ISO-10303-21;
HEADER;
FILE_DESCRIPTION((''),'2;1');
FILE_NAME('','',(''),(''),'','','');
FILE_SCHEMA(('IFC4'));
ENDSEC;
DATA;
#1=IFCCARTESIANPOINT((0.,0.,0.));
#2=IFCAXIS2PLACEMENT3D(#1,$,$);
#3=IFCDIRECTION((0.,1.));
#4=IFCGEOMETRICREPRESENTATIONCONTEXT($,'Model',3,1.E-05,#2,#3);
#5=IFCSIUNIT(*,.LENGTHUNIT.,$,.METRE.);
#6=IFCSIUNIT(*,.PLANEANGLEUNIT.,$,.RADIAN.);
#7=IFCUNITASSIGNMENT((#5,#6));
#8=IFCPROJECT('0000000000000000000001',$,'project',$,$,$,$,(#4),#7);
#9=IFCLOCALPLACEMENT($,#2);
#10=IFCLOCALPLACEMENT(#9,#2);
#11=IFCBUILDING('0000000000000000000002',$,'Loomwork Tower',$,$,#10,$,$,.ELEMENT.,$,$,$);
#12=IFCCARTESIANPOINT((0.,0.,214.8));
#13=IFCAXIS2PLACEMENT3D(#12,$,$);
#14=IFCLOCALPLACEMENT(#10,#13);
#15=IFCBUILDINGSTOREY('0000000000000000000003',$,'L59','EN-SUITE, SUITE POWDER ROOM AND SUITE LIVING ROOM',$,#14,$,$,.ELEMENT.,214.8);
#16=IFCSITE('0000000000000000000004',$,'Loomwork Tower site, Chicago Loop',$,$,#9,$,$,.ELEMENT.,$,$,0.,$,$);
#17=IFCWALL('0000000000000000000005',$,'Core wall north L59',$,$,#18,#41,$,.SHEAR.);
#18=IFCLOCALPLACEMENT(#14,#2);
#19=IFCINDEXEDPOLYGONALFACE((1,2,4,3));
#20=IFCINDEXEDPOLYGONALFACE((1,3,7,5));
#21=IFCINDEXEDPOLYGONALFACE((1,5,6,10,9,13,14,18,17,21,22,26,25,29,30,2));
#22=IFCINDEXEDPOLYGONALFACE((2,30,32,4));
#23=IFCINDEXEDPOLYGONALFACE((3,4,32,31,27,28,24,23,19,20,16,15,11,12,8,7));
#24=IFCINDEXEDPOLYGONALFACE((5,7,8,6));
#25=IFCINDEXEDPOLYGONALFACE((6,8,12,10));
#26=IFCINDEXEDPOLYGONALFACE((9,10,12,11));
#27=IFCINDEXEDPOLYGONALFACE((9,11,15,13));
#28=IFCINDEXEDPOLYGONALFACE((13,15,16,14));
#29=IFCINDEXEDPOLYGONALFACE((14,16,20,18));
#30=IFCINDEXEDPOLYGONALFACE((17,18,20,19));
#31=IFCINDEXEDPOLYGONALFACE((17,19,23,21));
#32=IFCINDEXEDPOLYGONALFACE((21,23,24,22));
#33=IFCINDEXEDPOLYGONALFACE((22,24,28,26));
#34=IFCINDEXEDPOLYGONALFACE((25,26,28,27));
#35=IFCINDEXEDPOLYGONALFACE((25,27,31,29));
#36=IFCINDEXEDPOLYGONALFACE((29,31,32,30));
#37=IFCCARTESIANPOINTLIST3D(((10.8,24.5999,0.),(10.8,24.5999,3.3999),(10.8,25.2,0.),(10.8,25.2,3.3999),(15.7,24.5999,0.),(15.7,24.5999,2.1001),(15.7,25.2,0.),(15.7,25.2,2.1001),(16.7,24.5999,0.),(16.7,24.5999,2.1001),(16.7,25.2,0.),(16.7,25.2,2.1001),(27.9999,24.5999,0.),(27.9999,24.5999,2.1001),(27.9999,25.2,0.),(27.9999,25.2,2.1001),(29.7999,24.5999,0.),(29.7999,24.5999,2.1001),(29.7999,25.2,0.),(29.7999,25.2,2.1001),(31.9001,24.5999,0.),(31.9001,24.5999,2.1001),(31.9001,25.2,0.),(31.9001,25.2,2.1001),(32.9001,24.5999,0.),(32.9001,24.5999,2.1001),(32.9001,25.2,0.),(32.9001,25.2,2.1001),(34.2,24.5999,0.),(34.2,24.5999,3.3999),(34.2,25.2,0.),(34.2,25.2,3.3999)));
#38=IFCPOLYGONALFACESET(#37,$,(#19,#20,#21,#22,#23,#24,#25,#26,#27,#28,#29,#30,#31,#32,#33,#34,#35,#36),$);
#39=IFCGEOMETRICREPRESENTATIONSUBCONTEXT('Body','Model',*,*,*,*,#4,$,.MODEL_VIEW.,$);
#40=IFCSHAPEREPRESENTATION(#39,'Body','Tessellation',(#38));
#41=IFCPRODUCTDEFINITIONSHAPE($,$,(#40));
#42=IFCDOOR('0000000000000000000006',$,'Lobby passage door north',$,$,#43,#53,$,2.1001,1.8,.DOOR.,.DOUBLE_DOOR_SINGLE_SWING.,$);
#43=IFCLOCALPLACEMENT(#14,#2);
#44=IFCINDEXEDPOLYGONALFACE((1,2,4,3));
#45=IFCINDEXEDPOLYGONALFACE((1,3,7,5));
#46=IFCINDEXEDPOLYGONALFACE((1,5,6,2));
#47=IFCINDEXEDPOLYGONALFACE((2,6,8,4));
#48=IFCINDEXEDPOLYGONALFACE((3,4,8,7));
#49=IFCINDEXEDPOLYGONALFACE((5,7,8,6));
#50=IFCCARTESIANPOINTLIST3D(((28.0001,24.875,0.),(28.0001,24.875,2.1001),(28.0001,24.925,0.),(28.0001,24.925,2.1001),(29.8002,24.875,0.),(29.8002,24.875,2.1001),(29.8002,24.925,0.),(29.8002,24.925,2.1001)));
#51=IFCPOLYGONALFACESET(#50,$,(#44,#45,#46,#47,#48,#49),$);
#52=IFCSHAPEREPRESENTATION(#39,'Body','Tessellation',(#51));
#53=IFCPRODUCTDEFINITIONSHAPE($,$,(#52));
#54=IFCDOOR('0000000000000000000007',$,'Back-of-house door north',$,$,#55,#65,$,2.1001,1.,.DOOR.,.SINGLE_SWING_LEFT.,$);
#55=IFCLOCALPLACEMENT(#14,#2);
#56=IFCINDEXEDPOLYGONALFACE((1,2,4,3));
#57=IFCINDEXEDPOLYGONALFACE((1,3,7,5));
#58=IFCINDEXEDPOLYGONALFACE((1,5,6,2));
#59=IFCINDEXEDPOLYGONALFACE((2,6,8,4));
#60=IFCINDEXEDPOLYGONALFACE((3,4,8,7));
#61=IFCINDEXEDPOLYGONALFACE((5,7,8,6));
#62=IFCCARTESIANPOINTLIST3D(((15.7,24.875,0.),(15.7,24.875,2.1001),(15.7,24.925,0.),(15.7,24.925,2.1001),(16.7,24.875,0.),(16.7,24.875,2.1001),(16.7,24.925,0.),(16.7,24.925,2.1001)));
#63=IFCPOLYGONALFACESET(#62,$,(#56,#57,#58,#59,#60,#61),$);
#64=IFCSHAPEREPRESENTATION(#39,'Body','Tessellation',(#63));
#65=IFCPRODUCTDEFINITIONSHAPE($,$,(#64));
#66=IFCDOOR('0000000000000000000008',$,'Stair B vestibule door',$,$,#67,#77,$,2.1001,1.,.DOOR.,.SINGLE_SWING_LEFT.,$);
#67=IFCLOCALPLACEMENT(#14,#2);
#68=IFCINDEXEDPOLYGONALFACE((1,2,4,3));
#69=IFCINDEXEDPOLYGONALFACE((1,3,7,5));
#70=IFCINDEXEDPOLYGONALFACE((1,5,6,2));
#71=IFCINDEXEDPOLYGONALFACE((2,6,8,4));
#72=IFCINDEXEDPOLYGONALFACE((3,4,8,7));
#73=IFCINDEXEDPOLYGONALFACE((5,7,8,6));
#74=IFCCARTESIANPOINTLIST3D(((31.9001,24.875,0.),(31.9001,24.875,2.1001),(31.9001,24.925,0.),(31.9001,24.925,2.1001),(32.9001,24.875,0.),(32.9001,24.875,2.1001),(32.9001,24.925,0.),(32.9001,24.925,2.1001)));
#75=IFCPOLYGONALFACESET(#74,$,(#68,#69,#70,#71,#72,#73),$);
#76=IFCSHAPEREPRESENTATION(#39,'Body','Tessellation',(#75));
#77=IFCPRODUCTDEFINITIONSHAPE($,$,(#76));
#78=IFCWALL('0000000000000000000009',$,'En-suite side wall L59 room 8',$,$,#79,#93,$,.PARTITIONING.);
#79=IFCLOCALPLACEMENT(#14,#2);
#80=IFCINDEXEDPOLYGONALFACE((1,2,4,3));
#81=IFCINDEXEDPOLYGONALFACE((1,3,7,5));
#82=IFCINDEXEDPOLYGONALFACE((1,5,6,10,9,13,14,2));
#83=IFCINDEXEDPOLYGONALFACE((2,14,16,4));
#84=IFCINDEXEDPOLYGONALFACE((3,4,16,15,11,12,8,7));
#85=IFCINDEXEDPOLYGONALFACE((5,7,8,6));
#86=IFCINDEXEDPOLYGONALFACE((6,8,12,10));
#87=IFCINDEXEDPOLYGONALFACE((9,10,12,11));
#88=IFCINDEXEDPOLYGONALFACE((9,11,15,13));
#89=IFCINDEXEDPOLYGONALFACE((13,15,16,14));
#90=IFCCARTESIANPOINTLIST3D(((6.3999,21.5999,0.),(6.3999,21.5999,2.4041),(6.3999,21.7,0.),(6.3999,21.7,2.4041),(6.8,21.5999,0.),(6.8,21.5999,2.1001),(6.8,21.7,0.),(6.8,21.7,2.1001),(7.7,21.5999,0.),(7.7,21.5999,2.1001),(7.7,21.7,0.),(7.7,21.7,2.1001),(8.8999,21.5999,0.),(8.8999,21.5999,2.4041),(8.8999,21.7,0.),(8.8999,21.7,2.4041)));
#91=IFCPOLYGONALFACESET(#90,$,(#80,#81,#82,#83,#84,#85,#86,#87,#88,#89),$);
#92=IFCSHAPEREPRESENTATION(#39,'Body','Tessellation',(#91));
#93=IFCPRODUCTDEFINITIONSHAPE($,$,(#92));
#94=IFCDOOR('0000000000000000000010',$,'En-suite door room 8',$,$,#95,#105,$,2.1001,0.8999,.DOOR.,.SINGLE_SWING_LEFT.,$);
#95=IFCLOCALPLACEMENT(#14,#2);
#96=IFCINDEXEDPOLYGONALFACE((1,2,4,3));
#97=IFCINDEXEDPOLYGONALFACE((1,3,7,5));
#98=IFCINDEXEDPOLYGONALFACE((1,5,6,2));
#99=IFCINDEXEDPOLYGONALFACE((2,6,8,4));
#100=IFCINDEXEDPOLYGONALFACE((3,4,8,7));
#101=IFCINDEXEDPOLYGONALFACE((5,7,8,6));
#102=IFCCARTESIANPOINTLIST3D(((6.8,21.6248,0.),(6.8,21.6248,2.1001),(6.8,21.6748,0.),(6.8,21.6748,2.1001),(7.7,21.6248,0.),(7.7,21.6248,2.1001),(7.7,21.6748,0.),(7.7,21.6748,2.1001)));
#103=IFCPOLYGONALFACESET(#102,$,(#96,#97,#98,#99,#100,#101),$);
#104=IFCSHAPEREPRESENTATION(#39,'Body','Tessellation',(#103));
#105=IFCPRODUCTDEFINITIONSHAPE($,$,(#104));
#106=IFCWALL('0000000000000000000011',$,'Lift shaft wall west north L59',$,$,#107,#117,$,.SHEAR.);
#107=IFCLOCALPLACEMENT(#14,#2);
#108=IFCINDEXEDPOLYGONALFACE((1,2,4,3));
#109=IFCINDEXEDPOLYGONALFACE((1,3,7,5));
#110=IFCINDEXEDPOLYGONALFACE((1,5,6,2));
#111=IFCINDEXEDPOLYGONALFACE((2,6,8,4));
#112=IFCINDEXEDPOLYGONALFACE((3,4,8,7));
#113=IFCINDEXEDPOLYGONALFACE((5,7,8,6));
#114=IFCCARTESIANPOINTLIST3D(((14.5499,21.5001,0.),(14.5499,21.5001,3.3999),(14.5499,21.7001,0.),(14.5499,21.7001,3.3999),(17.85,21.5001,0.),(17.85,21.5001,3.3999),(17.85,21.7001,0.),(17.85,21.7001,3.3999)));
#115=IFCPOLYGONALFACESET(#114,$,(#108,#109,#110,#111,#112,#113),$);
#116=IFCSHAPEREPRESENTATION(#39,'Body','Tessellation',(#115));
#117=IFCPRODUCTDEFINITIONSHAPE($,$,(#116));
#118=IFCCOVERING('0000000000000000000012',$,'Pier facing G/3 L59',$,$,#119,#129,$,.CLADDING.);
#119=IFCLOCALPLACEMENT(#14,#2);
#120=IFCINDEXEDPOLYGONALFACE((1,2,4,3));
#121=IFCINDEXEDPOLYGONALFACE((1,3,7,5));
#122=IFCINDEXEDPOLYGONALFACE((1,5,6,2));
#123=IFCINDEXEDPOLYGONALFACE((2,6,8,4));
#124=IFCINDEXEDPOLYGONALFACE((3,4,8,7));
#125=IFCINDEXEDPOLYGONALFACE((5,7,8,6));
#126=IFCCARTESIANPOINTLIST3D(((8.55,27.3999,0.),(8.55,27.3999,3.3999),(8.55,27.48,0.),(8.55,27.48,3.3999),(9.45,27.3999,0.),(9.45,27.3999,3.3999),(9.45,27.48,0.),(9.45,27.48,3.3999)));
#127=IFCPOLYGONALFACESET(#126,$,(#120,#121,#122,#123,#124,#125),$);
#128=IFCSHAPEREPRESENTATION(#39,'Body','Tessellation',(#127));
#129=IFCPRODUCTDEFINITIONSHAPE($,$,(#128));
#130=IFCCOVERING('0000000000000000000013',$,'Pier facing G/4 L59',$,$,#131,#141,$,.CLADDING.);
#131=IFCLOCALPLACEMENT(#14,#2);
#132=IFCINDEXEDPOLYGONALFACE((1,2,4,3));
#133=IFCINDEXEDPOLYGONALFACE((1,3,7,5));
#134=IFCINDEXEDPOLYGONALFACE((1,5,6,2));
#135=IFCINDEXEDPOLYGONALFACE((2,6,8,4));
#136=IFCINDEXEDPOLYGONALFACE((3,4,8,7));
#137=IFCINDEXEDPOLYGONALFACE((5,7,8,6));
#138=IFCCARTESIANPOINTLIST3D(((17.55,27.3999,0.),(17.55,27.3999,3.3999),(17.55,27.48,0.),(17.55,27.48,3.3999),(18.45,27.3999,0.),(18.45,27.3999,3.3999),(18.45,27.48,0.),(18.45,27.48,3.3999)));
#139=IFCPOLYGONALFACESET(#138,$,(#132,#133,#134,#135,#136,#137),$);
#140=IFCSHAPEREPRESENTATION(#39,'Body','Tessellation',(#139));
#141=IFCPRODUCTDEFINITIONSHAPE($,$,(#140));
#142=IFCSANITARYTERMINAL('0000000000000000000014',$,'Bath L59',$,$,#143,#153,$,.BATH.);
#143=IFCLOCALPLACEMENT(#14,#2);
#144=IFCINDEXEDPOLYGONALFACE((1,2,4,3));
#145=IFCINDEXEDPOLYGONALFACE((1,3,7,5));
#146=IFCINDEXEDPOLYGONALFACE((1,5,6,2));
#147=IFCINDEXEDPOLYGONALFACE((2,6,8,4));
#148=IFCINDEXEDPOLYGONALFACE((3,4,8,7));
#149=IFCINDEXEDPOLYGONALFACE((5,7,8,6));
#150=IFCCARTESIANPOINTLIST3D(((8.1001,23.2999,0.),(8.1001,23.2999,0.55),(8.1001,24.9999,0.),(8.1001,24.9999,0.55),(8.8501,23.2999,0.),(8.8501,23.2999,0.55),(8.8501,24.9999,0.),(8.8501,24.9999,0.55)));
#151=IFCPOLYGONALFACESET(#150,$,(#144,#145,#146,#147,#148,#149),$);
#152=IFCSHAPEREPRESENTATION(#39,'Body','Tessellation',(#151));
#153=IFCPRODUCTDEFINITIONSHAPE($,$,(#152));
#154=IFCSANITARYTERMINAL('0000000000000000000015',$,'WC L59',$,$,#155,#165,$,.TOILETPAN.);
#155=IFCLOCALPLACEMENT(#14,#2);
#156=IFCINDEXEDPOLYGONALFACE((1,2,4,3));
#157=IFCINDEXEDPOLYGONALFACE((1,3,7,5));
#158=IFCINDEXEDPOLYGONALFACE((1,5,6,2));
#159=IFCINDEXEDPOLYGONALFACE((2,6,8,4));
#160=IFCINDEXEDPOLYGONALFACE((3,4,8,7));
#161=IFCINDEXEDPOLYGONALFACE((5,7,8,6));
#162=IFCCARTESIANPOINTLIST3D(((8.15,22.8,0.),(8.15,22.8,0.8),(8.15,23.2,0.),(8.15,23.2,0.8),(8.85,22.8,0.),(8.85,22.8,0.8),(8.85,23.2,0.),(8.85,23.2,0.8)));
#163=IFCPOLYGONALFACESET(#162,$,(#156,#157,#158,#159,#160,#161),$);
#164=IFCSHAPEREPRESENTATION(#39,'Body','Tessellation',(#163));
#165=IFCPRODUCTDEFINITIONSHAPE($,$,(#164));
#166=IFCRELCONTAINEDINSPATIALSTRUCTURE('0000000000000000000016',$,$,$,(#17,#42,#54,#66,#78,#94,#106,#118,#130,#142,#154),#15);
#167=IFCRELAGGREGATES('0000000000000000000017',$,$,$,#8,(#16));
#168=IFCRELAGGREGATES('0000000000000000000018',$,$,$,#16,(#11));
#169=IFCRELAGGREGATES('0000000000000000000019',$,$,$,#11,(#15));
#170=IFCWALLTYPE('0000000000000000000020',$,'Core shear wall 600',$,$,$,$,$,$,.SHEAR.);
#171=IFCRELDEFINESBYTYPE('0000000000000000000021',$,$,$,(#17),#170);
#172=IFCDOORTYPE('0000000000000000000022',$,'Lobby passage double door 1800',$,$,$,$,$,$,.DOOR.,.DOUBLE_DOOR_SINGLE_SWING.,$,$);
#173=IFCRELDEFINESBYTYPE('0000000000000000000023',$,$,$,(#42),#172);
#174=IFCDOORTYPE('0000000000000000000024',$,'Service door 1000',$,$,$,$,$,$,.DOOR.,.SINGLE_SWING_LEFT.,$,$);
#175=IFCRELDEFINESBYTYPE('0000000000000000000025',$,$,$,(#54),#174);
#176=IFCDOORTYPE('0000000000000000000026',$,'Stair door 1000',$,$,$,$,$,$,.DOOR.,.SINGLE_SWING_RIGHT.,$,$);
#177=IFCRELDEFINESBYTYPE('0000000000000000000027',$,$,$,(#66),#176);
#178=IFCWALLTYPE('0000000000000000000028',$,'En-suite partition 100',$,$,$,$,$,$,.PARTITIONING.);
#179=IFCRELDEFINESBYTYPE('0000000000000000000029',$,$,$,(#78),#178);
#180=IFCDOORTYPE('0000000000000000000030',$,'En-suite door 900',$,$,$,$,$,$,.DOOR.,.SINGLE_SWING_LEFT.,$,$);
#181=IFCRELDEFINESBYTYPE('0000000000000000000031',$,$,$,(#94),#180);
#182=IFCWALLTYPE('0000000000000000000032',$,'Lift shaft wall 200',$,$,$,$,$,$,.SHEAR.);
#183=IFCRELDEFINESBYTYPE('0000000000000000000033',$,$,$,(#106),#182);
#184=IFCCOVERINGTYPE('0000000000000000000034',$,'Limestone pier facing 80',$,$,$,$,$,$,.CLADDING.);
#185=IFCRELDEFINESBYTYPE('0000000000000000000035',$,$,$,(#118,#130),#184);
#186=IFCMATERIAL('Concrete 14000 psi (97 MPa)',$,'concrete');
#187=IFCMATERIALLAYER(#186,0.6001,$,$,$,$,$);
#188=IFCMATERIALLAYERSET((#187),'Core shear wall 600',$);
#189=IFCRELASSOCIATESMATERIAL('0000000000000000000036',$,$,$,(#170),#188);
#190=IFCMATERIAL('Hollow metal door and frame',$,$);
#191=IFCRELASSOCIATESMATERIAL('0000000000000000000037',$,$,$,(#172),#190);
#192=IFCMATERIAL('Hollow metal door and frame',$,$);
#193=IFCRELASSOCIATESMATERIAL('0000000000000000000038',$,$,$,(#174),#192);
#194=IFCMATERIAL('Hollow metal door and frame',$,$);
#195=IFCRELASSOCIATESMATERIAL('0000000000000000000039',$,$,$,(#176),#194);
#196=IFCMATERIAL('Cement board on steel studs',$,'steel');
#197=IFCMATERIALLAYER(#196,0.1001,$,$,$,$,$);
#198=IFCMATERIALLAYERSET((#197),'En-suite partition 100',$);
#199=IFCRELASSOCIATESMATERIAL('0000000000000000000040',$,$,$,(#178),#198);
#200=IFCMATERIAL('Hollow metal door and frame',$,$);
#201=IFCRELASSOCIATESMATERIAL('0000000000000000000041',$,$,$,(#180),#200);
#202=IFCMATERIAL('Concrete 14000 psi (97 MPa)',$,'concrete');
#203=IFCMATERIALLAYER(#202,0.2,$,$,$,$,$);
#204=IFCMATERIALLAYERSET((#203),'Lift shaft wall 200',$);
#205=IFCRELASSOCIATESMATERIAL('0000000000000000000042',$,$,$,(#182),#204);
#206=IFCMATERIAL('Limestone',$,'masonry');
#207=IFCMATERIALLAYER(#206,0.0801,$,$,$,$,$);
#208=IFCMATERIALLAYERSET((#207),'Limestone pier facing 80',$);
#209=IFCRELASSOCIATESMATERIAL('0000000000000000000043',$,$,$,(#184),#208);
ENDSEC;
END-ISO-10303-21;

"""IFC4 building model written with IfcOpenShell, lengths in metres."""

from ifc_helpers import new_model, si_unit, direction, frame, frame_2d, origin, origin_2d, place, context, subcontext, project, spatial, rectangle, extrude, material, layer, layer_set, type_object, element, fill, save


model = new_model("IFC4")

# Units and contexts
model_context = context("Model", 3, precision=1e-05, world=origin(), true_north=direction((0.0, 1.0)))
body_context = subcontext(model_context, "Body", "Model", "MODEL_VIEW")
ifc_project = project(units=[si_unit("LENGTHUNIT", "METRE"), si_unit("PLANEANGLEUNIT", "RADIAN")], contexts=[model_context])

# Site, building, storey
site_placement = place(None, origin())
site = spatial("IfcSite", under=ifc_project, at=site_placement, Name="Loomwork Tower site, Chicago Loop", CompositionType="ELEMENT", RefElevation=0.0)
building_placement = place(site_placement, origin())
building = spatial("IfcBuilding", under=site, at=building_placement, Name="Loomwork Tower", CompositionType="ELEMENT")
storey_placement = place(building_placement, frame((0.0, 0.0, 214.8)))
storey = spatial("IfcBuildingStorey", under=building, at=storey_placement, Name="L59", Description="EN-SUITE, SUITE POWDER ROOM AND SUITE LIVING ROOM", CompositionType="ELEMENT", Elevation=214.8)

# Wall, openings, doors
ifc_material_1 = material(Name="Concrete 14000 psi (97 MPa)", Category="concrete")
ifc_layer_1 = layer(ifc_material_1, 0.6001)
ifc_layer_set_1 = layer_set([ifc_layer_1], Name="Core shear wall 600")
wall_type_1 = type_object("IfcWallType", Name="Core shear wall 600", PredefinedType="SHEAR", material=ifc_layer_set_1)
wall_1_placement = place(storey_placement, frame((10.8, 24.8999, 0.0), z_axis=(0.0, 0.0, 1.0), x_axis=(1.0, 0.0, 0.0)))
wall_1 = element("IfcWall", 1, at=wall_1_placement, inside=storey, type_object=wall_type_1, Name="Core wall north L59", PredefinedType="SHEAR", context=body_context, shape_type="SweptSolid", body=[
    extrude(rectangle(XDim=23.3999, YDim=0.6001, at=frame_2d((11.7, 0.0))), origin(), (0.0, 0.0, 1.0), 3.3999),
])
opening_1_placement = place(wall_1_placement, frame((17.2, 0.0, 0.0)))
opening_1 = element("IfcOpeningElement", 2, at=opening_1_placement, cuts=wall_1, PredefinedType="OPENING", context=body_context, shape_type="SweptSolid", body=[
    extrude(rectangle(XDim=1.8, YDim=2.1001, at=frame_2d((0.8999, 1.05))), frame((0.0, 0.3101, 0.0), z_axis=(0.0, -1.0, 0.0), x_axis=(1.0, 0.0, 0.0)), (0.0, 0.0, 1.0), 0.6201),
])
opening_2_placement = place(wall_1_placement, frame((21.1001, 0.0, 0.0)))
opening_2 = element("IfcOpeningElement", 3, at=opening_2_placement, cuts=wall_1, PredefinedType="OPENING", context=body_context, shape_type="SweptSolid", body=[
    extrude(rectangle(XDim=1.0, YDim=2.1001, at=frame_2d((0.5, 1.05))), frame((0.0, 0.3101, 0.0), z_axis=(0.0, -1.0, 0.0), x_axis=(1.0, 0.0, 0.0)), (0.0, 0.0, 1.0), 0.6201),
])
opening_3_placement = place(wall_1_placement, frame((4.8999, 0.0, 0.0)))
opening_3 = element("IfcOpeningElement", 4, at=opening_3_placement, cuts=wall_1, PredefinedType="OPENING", context=body_context, shape_type="SweptSolid", body=[
    extrude(rectangle(XDim=1.0, YDim=2.1001, at=frame_2d((0.5, 1.05))), frame((0.0, 0.3101, 0.0), z_axis=(0.0, -1.0, 0.0), x_axis=(1.0, 0.0, 0.0)), (0.0, 0.0, 1.0), 0.6201),
])
ifc_material_2 = material(Name="Hollow metal door and frame")
door_type_1 = type_object("IfcDoorType", Name="Lobby passage double door 1800", OperationType="DOUBLE_DOOR_SINGLE_SWING", PredefinedType="DOOR", material=ifc_material_2)
door_1_placement = place(opening_1_placement, frame((1.8, 0.0, 0.0), z_axis=(0.0, 0.0, 1.0), x_axis=(-1.0, 0.0, 0.0)))
door_1 = element("IfcDoor", 5, at=door_1_placement, inside=storey, type_object=door_type_1, Name="Lobby passage door north", OperationType="DOUBLE_DOOR_SINGLE_SWING", OverallHeight=2.1001, OverallWidth=1.8, PredefinedType="DOOR", context=body_context, shape_type="SweptSolid", body=[
    extrude(rectangle(XDim=1.8, YDim=2.1001, at=frame_2d((0.8999, 1.05))), frame((0.0, 0.0249, 0.0), z_axis=(0.0, -1.0, 0.0), x_axis=(1.0, 0.0, 0.0)), (0.0, 0.0, 1.0), 0.05),
])
fill(opening_1, door_1)
ifc_material_3 = material(Name="Hollow metal door and frame")
door_type_2 = type_object("IfcDoorType", Name="Service door 1000", OperationType="SINGLE_SWING_LEFT", PredefinedType="DOOR", material=ifc_material_3)
door_2_placement = place(opening_3_placement, frame((1.0, 0.0, 0.0), z_axis=(0.0, 0.0, 1.0), x_axis=(-1.0, 0.0, 0.0)))
door_2 = element("IfcDoor", 6, at=door_2_placement, inside=storey, type_object=door_type_2, Name="Back-of-house door north", OperationType="SINGLE_SWING_LEFT", OverallHeight=2.1001, OverallWidth=1.0, PredefinedType="DOOR", context=body_context, shape_type="SweptSolid", body=[
    extrude(rectangle(XDim=1.0, YDim=2.1001, at=frame_2d((0.5, 1.05))), frame((0.0, 0.0249, 0.0), z_axis=(0.0, -1.0, 0.0), x_axis=(1.0, 0.0, 0.0)), (0.0, 0.0, 1.0), 0.05),
])
fill(opening_3, door_2)
ifc_material_4 = material(Name="Hollow metal door and frame")
door_type_3 = type_object("IfcDoorType", Name="Stair door 1000", OperationType="SINGLE_SWING_RIGHT", PredefinedType="DOOR", material=ifc_material_4)
door_3_placement = place(opening_2_placement, frame((1.0, 0.0, 0.0), z_axis=(0.0, 0.0, 1.0), x_axis=(-1.0, 0.0, 0.0)))
door_3 = element("IfcDoor", 7, at=door_3_placement, inside=storey, type_object=door_type_3, Name="Stair B vestibule door", OperationType="SINGLE_SWING_LEFT", OverallHeight=2.1001, OverallWidth=1.0, PredefinedType="DOOR", context=body_context, shape_type="SweptSolid", body=[
    extrude(rectangle(XDim=1.0, YDim=2.1001, at=frame_2d((0.5, 1.05))), frame((0.0, 0.0249, 0.0), z_axis=(0.0, -1.0, 0.0), x_axis=(1.0, 0.0, 0.0)), (0.0, 0.0, 1.0), 0.05),
])
fill(opening_2, door_3)

# Wall, opening, door
ifc_material_5 = material(Name="Cement board on steel studs", Category="steel")
ifc_layer_2 = layer(ifc_material_5, 0.1001)
ifc_layer_set_2 = layer_set([ifc_layer_2], Name="En-suite partition 100")
wall_type_2 = type_object("IfcWallType", Name="En-suite partition 100", PredefinedType="PARTITIONING", material=ifc_layer_set_2)
wall_2_placement = place(storey_placement, frame((8.8999, 21.6499, 0.0), z_axis=(0.0, 0.0, 1.0), x_axis=(-1.0, 0.0, 0.0)))
wall_2 = element("IfcWall", 8, at=wall_2_placement, inside=storey, type_object=wall_type_2, Name="En-suite side wall L59 room 8", PredefinedType="PARTITIONING", context=body_context, shape_type="SweptSolid", body=[
    extrude(rectangle(XDim=2.5, YDim=0.1001, at=frame_2d((1.25, 0.0))), origin(), (0.0, 0.0, 1.0), 2.4041),
])
opening_4_placement = place(wall_2_placement, frame((1.2, 0.0, 0.0)))
opening_4 = element("IfcOpeningElement", 9, at=opening_4_placement, cuts=wall_2, PredefinedType="OPENING", context=body_context, shape_type="SweptSolid", body=[
    extrude(rectangle(XDim=0.8999, YDim=2.1001, at=frame_2d((0.45, 1.05))), frame((0.0, 0.0601, 0.0), z_axis=(0.0, -1.0, 0.0), x_axis=(1.0, 0.0, 0.0)), (0.0, 0.0, 1.0), 0.1201),
])
ifc_material_6 = material(Name="Hollow metal door and frame")
door_type_4 = type_object("IfcDoorType", Name="En-suite door 900", OperationType="SINGLE_SWING_LEFT", PredefinedType="DOOR", material=ifc_material_6)
door_4_placement = place(opening_4_placement, frame((0.8999, 0.0, 0.0), z_axis=(0.0, 0.0, 1.0), x_axis=(-1.0, 0.0, 0.0)))
door_4 = element("IfcDoor", 10, at=door_4_placement, inside=storey, type_object=door_type_4, Name="En-suite door room 8", OperationType="SINGLE_SWING_LEFT", OverallHeight=2.1001, OverallWidth=0.8999, PredefinedType="DOOR", context=body_context, shape_type="SweptSolid", body=[
    extrude(rectangle(XDim=0.8999, YDim=2.1001, at=frame_2d((0.45, 1.05))), frame((0.0, 0.0249, 0.0), z_axis=(0.0, -1.0, 0.0), x_axis=(1.0, 0.0, 0.0)), (0.0, 0.0, 1.0), 0.05),
])
fill(opening_4, door_4)

# Wall
ifc_material_7 = material(Name="Concrete 14000 psi (97 MPa)", Category="concrete")
ifc_layer_3 = layer(ifc_material_7, 0.2)
ifc_layer_set_3 = layer_set([ifc_layer_3], Name="Lift shaft wall 200")
wall_type_3 = type_object("IfcWallType", Name="Lift shaft wall 200", PredefinedType="SHEAR", material=ifc_layer_set_3)
wall_3_placement = place(storey_placement, frame((14.55, 21.6001, 0.0), z_axis=(0.0, 0.0, 1.0), x_axis=(1.0, 0.0, 0.0)))
element("IfcWall", 11, at=wall_3_placement, inside=storey, type_object=wall_type_3, Name="Lift shaft wall west north L59", PredefinedType="SHEAR", context=body_context, shape_type="SweptSolid", body=[
    extrude(rectangle(XDim=3.3, YDim=0.2, at=frame_2d((1.6499, 0.0))), origin(), (0.0, 0.0, 1.0), 3.3999),
])

# Coverings
ifc_material_8 = material(Name="Limestone", Category="masonry")
ifc_layer_4 = layer(ifc_material_8, 0.0801)
ifc_layer_set_4 = layer_set([ifc_layer_4], Name="Limestone pier facing 80")
covering_type = type_object("IfcCoveringType", Name="Limestone pier facing 80", PredefinedType="CLADDING", material=ifc_layer_set_4)
for number, where, z_axis, x_axis, name in (
    (12, (9.0, 27.4399, 0.0), (0.0, 0.0, 1.0), (1.0, 0.0, 0.0), "Pier facing G/3 L59"),
    (13, (18.0, 27.4399, 0.0), (0.0, 0.0, 1.0), (1.0, 0.0, 0.0), "Pier facing G/4 L59"),
):
    element("IfcCovering", number, at=place(storey_placement, frame(where, z_axis=z_axis, x_axis=x_axis)), inside=storey, type_object=covering_type, Name=name, PredefinedType="CLADDING", context=body_context, shape_type="SweptSolid", body=[
        extrude(rectangle(XDim=0.8999, YDim=0.0801, at=origin_2d()), origin(), (0.0, 0.0, 1.0), 3.3999),
    ])

# Sanitary terminals
sanitary_terminal_1_placement = place(storey_placement, frame((8.4751, 24.1499, 0.0), z_axis=(0.0, 0.0, 1.0), x_axis=(1.0, 0.0, 0.0)))
element("IfcSanitaryTerminal", 14, at=sanitary_terminal_1_placement, inside=storey, Name="Bath L59", PredefinedType="BATH", context=body_context, shape_type="SweptSolid", body=[
    extrude(rectangle(XDim=0.75, YDim=1.7, at=origin_2d()), origin(), (0.0, 0.0, 1.0), 0.55),
])
sanitary_terminal_2_placement = place(storey_placement, frame((8.5, 23.0, 0.0), z_axis=(0.0, 0.0, 1.0), x_axis=(1.0, 0.0, 0.0)))
element("IfcSanitaryTerminal", 15, at=sanitary_terminal_2_placement, inside=storey, Name="WC L59", PredefinedType="TOILETPAN", context=body_context, shape_type="SweptSolid", body=[
    extrude(rectangle(XDim=0.7, YDim=0.3999, at=origin_2d()), origin(), (0.0, 0.0, 1.0), 0.8),
])

save(model, "model.ifc")
